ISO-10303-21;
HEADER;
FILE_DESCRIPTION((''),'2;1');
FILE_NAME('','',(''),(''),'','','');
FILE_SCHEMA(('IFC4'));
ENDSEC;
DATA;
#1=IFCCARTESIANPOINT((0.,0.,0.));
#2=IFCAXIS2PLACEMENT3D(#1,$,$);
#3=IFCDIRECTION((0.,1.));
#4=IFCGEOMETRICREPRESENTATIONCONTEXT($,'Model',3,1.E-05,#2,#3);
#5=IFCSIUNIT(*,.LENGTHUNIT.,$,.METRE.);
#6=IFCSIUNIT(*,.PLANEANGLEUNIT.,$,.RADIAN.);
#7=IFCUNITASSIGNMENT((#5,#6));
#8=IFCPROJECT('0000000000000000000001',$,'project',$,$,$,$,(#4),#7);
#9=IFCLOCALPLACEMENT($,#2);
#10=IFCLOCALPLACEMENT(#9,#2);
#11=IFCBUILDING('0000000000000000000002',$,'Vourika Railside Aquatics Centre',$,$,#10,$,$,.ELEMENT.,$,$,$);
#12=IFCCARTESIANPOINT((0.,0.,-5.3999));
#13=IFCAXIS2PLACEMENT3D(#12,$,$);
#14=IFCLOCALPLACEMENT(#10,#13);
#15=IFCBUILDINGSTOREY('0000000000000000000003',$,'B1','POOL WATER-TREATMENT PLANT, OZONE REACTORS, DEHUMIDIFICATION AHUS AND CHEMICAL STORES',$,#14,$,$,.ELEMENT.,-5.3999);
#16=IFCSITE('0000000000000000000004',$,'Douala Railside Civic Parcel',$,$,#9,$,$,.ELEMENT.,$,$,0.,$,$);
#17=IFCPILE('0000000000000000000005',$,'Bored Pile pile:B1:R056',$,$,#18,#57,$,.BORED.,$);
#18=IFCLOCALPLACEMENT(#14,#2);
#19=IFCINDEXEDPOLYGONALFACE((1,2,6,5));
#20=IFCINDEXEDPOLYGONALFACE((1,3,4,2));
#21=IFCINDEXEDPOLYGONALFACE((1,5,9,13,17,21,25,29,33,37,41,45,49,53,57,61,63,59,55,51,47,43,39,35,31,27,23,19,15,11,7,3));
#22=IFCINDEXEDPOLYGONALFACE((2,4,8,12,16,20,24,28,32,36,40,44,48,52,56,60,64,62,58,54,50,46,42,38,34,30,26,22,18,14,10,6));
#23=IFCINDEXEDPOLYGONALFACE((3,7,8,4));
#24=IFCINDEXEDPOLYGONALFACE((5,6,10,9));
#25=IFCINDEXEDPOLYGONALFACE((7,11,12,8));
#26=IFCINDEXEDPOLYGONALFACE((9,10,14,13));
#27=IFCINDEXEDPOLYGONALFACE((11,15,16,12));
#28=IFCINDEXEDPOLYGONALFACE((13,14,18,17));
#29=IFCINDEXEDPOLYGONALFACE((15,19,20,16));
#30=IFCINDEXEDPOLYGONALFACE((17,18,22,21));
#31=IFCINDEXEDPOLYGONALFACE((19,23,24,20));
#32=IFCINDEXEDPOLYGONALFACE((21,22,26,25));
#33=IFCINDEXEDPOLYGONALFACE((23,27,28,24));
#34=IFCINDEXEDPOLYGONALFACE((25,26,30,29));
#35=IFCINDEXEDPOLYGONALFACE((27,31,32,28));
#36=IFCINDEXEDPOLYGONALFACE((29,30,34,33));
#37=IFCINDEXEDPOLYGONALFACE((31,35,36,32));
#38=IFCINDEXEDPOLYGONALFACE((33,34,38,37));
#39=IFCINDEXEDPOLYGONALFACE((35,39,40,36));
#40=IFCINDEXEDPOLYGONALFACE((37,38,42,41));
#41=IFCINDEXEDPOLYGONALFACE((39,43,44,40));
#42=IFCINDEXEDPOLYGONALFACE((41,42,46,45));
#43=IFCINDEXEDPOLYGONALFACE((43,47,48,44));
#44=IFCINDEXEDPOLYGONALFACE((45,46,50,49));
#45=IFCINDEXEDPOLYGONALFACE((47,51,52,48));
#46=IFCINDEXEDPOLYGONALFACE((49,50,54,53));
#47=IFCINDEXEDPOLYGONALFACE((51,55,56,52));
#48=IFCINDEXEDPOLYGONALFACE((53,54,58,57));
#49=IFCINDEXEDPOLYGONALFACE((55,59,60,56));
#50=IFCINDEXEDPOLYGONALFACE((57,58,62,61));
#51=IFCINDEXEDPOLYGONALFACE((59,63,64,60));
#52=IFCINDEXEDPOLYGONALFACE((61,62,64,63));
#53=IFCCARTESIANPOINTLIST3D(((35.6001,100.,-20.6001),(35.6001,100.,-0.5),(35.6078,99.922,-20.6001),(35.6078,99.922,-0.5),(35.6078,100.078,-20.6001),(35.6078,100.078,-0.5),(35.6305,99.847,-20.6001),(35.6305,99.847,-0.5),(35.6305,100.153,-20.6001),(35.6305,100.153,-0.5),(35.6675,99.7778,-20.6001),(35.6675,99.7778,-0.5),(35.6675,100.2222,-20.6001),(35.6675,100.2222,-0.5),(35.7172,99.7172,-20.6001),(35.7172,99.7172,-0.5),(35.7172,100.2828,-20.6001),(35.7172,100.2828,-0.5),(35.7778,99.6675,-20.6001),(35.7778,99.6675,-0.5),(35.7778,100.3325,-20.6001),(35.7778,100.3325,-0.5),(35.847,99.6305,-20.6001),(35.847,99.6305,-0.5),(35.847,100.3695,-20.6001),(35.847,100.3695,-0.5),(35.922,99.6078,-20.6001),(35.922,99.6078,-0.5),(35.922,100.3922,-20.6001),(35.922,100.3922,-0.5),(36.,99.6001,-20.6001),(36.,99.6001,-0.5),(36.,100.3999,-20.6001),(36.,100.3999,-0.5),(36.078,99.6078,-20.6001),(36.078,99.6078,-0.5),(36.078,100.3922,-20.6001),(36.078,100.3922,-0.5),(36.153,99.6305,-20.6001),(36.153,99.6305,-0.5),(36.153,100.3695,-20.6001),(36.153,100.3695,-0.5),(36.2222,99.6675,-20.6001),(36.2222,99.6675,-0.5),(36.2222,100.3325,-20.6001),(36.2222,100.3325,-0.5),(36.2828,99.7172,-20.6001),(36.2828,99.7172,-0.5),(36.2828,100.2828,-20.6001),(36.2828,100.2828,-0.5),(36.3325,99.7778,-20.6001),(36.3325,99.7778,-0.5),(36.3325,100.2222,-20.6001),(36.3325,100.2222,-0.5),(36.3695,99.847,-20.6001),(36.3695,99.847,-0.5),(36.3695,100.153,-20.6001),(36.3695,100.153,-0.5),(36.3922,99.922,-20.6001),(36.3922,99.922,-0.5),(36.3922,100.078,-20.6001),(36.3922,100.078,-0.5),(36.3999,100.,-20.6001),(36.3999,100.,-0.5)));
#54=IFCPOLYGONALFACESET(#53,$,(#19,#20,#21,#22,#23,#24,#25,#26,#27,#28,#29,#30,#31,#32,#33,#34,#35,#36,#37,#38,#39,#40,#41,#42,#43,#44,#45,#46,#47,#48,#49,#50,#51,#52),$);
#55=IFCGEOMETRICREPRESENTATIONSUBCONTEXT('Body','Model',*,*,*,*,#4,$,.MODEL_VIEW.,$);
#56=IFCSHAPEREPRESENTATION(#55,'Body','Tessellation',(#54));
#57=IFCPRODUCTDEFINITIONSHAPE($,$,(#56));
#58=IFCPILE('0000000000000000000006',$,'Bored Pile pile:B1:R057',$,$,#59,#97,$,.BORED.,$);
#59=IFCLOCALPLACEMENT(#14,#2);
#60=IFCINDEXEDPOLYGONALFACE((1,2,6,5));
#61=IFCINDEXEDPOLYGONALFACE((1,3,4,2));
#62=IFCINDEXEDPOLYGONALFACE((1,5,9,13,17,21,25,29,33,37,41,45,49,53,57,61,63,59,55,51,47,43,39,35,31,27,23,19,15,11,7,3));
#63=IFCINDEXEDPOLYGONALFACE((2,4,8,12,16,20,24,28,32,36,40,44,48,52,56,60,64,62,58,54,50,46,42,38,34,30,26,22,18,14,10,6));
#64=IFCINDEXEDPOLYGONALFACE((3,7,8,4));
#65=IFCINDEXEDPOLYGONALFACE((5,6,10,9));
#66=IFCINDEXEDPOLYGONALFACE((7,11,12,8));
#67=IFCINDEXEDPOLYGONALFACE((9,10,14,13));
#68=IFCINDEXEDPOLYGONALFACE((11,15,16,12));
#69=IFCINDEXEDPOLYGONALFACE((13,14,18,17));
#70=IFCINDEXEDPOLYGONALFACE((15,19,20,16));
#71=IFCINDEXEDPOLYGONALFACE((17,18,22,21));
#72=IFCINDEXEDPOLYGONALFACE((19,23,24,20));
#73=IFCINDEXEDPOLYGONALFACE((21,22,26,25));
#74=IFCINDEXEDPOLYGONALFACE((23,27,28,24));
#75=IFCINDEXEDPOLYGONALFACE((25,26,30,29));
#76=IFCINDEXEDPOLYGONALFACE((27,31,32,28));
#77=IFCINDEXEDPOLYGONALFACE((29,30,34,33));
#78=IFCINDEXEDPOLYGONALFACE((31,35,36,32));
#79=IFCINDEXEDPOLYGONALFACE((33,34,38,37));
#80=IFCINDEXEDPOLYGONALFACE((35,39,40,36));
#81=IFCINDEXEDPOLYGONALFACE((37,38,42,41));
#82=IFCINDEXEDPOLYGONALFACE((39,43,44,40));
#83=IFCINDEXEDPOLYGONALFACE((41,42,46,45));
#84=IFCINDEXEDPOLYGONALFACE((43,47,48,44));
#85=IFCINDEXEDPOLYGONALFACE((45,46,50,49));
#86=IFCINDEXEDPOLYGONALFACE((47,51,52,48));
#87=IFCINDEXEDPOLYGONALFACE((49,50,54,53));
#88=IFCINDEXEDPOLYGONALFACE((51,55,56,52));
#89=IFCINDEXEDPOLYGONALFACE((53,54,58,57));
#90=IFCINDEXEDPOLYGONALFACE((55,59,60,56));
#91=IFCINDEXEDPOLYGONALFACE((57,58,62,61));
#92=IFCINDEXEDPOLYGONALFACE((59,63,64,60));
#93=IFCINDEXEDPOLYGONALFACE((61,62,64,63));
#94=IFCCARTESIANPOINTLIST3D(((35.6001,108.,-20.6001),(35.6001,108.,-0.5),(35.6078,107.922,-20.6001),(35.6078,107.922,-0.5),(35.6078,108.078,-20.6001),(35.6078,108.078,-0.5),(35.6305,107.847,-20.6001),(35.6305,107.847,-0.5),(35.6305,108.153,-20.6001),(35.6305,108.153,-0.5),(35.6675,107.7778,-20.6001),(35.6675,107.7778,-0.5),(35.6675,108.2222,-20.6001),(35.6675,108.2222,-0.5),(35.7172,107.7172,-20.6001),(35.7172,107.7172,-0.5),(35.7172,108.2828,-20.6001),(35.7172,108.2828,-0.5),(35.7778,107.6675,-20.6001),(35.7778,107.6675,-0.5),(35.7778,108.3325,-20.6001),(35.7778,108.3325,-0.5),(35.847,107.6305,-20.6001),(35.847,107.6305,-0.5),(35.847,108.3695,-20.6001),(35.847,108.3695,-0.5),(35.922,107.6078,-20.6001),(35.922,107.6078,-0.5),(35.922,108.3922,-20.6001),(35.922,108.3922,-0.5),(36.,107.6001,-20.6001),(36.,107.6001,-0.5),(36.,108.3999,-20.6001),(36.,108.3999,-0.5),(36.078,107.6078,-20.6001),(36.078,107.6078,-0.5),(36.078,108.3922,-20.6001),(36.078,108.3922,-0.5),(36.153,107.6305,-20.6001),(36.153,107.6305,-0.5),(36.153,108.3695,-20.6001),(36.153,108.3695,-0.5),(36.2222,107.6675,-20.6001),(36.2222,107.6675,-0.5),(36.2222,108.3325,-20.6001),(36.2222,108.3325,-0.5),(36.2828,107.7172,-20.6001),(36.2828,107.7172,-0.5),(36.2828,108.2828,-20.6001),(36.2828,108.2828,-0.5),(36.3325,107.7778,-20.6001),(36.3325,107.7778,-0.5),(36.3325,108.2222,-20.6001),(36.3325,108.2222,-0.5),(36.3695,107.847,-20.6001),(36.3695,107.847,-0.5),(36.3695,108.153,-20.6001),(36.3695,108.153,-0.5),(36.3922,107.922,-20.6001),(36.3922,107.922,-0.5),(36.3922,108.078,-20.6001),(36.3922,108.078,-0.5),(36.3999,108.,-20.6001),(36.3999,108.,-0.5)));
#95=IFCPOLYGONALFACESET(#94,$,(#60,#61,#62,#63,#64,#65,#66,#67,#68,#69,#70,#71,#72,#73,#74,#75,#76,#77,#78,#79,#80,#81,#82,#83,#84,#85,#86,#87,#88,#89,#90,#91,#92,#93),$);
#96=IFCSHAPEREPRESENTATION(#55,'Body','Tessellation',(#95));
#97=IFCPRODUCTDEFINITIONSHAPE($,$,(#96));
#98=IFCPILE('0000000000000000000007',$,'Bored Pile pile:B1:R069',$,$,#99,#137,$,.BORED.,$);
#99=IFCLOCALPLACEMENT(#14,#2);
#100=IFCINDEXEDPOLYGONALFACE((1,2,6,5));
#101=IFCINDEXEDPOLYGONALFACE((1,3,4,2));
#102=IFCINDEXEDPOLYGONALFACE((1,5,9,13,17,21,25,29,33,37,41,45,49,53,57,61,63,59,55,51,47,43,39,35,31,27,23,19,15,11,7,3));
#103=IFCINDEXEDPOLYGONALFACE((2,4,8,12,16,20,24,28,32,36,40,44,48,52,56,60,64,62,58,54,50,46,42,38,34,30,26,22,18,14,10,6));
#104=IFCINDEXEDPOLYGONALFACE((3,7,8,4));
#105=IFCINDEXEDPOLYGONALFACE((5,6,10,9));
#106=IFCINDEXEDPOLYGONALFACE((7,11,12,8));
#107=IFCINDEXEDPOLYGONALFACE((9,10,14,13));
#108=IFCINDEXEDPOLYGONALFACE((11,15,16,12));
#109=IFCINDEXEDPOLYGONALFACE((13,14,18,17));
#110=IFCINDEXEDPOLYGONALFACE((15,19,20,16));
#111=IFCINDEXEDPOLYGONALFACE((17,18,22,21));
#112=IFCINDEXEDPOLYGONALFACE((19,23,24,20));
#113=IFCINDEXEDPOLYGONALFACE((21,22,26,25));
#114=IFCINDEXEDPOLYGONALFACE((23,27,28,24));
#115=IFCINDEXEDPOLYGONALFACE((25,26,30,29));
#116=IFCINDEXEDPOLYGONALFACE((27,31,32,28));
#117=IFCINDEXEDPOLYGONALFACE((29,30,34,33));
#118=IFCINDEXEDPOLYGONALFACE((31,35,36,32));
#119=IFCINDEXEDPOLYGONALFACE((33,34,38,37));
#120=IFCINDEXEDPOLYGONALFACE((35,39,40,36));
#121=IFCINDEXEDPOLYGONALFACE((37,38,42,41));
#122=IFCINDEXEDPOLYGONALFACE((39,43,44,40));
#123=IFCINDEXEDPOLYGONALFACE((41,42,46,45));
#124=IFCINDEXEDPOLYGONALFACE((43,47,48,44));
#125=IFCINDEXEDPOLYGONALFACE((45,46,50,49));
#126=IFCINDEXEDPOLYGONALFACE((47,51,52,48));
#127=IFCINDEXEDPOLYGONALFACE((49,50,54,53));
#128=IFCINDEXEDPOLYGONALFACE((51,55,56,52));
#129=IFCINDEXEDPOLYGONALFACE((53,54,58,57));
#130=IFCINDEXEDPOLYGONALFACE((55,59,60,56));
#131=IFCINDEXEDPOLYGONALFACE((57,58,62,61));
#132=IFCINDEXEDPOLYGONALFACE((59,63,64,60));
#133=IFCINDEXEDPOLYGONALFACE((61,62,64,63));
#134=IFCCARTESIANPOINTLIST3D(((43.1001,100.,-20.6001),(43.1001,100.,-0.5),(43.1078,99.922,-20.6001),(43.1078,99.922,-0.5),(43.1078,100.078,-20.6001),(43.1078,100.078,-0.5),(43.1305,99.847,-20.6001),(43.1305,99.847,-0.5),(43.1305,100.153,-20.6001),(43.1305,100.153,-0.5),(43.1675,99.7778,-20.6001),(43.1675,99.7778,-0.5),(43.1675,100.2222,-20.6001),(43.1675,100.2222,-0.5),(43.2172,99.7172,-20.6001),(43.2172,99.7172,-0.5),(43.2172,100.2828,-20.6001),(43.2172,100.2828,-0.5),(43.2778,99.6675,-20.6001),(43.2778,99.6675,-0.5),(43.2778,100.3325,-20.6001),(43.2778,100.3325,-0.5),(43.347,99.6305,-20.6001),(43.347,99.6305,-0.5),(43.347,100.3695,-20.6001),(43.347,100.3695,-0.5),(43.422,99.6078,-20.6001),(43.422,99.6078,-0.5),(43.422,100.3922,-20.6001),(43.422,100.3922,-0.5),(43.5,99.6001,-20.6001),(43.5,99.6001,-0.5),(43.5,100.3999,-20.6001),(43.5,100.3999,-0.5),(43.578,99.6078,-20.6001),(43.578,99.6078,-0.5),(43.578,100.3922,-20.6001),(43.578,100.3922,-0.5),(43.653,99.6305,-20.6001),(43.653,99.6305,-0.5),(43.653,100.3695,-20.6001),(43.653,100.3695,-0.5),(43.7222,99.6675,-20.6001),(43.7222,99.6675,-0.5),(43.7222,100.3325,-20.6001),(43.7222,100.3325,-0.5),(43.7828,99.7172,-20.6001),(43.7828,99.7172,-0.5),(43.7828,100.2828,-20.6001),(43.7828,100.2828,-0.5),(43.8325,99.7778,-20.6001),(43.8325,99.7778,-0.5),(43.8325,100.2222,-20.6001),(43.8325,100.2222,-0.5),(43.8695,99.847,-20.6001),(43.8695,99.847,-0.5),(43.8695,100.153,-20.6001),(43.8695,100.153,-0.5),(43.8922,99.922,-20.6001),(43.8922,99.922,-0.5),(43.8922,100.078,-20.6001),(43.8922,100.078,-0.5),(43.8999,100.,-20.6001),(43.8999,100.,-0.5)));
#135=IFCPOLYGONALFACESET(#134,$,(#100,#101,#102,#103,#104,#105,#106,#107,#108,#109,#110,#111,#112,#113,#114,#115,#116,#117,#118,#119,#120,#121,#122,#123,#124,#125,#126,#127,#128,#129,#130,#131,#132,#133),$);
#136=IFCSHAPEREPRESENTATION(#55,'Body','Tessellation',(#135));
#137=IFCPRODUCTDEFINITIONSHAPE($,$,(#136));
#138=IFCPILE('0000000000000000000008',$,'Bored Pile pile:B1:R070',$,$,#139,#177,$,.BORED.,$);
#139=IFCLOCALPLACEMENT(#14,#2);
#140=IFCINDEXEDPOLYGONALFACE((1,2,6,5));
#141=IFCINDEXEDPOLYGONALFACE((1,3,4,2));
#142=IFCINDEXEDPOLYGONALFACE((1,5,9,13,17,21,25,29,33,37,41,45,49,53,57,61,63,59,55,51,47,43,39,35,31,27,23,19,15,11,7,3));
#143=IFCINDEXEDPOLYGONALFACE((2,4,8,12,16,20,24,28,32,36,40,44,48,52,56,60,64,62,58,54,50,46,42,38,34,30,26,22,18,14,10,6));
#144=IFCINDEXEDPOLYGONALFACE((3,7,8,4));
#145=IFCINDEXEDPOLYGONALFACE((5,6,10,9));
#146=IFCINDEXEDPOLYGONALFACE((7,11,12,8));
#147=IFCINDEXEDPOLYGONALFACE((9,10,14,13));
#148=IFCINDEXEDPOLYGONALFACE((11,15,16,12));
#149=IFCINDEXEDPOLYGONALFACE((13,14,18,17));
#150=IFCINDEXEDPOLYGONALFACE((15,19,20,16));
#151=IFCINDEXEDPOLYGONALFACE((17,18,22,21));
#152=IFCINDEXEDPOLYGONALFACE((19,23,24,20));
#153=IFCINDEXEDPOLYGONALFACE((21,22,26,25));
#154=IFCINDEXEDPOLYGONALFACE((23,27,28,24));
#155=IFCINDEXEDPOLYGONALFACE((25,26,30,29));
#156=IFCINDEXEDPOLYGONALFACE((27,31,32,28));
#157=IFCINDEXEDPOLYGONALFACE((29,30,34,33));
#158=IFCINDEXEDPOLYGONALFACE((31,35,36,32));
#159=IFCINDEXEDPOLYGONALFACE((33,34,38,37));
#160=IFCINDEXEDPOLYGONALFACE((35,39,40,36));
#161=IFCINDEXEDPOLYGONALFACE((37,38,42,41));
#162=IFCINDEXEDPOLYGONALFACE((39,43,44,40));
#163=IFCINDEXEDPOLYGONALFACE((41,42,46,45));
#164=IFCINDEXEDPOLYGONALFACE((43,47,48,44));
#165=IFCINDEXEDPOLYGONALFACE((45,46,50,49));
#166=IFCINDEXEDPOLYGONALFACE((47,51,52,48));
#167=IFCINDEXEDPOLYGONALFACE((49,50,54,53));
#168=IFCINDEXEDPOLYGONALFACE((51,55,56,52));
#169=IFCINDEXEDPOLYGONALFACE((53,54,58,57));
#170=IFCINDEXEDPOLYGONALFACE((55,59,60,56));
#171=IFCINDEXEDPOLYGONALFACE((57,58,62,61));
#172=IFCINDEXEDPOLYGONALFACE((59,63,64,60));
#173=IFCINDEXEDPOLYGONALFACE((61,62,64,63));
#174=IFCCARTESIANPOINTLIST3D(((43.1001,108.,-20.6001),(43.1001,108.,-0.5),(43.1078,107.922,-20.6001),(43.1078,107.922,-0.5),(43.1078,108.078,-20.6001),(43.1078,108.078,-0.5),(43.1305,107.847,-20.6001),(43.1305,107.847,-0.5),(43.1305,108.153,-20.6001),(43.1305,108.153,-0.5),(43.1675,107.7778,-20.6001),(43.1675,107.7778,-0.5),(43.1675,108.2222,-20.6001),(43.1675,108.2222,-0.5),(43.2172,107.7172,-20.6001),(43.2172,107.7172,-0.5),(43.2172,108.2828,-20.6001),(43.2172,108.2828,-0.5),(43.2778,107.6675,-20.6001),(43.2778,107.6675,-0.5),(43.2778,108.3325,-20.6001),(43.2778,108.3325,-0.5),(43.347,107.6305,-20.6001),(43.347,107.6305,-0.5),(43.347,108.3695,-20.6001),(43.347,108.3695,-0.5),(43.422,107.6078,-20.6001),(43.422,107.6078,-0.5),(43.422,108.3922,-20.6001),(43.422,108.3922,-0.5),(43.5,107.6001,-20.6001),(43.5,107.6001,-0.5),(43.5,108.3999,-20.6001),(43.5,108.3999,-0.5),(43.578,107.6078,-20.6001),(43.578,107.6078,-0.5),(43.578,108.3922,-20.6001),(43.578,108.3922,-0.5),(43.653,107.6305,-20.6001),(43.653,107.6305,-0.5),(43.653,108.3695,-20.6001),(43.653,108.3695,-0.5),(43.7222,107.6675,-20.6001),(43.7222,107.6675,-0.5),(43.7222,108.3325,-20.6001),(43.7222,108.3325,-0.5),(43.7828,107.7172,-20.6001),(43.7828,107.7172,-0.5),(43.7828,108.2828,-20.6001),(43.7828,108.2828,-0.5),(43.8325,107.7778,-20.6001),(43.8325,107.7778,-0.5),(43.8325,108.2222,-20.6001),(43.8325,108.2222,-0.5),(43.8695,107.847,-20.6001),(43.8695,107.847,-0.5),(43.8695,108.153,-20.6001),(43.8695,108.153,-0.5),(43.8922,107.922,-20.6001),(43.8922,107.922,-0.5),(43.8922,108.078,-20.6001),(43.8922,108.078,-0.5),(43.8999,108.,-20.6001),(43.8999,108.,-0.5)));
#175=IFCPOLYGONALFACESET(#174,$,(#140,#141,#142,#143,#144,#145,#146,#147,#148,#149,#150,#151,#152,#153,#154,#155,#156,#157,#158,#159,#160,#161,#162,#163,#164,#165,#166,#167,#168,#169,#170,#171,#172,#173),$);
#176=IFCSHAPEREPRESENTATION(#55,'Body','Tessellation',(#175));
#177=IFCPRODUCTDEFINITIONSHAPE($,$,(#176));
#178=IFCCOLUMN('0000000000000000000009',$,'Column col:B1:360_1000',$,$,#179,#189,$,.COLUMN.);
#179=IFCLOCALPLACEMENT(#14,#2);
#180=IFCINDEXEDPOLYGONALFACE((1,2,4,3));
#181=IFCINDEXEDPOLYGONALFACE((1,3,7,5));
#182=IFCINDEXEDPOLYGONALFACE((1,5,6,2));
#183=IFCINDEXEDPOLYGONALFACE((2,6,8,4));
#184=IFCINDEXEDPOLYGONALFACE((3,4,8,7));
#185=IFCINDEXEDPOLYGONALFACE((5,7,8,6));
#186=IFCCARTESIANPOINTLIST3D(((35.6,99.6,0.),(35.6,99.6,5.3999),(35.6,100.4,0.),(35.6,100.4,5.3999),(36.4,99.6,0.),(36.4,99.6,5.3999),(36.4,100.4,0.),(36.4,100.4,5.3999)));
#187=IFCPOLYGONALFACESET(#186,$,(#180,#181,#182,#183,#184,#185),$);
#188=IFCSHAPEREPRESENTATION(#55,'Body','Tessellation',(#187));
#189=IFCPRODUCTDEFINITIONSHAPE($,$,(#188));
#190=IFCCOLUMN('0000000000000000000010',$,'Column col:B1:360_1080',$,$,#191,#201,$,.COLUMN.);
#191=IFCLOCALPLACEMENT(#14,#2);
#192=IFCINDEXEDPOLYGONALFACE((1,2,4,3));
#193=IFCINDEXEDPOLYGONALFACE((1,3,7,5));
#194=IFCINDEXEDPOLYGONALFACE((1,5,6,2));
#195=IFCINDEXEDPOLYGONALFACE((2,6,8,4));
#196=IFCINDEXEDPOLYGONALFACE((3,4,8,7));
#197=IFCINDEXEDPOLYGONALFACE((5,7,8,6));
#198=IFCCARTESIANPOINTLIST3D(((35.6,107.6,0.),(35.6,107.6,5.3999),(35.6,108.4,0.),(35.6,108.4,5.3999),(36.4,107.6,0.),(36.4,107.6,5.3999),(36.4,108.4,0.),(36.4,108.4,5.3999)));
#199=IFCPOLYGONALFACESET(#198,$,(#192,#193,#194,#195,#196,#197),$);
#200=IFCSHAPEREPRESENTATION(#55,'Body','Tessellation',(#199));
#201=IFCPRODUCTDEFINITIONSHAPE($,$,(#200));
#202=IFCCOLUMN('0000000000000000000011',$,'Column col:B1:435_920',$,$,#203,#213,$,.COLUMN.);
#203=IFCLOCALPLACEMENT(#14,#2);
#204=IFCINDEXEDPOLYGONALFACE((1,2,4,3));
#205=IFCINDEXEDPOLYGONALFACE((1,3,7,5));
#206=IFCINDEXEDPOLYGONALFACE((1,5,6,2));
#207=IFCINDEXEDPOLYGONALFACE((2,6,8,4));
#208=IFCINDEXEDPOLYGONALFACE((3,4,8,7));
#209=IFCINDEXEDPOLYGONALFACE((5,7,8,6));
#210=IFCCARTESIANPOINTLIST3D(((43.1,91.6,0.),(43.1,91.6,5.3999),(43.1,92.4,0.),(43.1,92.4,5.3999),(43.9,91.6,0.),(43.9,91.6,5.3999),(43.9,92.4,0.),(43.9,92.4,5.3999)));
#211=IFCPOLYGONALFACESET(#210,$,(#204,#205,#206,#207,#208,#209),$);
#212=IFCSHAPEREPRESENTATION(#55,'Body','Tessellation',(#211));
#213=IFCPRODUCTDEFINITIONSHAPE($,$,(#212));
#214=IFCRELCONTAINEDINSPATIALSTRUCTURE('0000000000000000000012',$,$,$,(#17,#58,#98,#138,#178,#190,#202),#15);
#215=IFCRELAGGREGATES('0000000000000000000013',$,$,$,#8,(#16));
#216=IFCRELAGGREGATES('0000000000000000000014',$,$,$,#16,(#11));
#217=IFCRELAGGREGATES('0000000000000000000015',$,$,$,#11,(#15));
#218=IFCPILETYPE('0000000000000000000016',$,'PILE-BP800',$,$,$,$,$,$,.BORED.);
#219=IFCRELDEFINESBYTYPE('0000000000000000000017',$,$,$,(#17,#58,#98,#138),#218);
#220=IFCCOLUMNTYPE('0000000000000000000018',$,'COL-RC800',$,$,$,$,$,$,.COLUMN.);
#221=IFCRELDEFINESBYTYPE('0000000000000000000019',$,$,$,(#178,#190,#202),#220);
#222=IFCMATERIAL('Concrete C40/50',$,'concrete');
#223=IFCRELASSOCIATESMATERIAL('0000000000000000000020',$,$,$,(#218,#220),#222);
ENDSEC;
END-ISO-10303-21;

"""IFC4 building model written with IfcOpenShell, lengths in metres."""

from ifc_helpers import new_model, si_unit, direction, frame, origin, origin_2d, place, context, subcontext, project, spatial, rectangle, circle, extrude, material, material_profile, profile_set, type_object, element, save


model = new_model("IFC4")

# Units and contexts
model_context = context("Model", 3, precision=1e-05, world=origin(), true_north=direction((0.0, 1.0)))
body_context = subcontext(model_context, "Body", "Model", "MODEL_VIEW")
ifc_project = project(units=[si_unit("LENGTHUNIT", "METRE"), si_unit("PLANEANGLEUNIT", "RADIAN")], contexts=[model_context])

# Site, building, storey
site_placement = place(None, origin())
site = spatial("IfcSite", under=ifc_project, at=site_placement, Name="Douala Railside Civic Parcel", CompositionType="ELEMENT", RefElevation=0.0)
building_placement = place(site_placement, origin())
building = spatial("IfcBuilding", under=site, at=building_placement, Name="Vourika Railside Aquatics Centre", CompositionType="ELEMENT")
storey_placement = place(building_placement, frame((0.0, 0.0, -5.3999)))
storey = spatial("IfcBuildingStorey", under=building, at=storey_placement, Name="B1", Description="POOL WATER-TREATMENT PLANT, OZONE REACTORS, DEHUMIDIFICATION AHUS AND CHEMICAL STORES", CompositionType="ELEMENT", Elevation=-5.3999)

# Piles
ifc_material_1 = material(Name="Concrete C40/50", Category="concrete")
ifc_material_profile_1 = material_profile(ifc_material_1, circle(Radius=0.3999, at=origin_2d()), Name="BP 800")
ifc_profile_set_1 = profile_set([ifc_material_profile_1], Name="Concrete C40/50")
pile_type = type_object("IfcPileType", Name="PILE-BP800", PredefinedType="BORED", material=ifc_profile_set_1)
for number, where, z_axis, x_axis, name in (
    (1, (36.0, 100.0, -0.5), (0.0, 0.0, -1.0), (1.0, 0.0, 0.0), "Bored Pile pile:B1:R056"),
    (2, (36.0, 108.0, -0.5), (0.0, 0.0, -1.0), (1.0, 0.0, 0.0), "Bored Pile pile:B1:R057"),
    (3, (43.5, 100.0, -0.5), (0.0, 0.0, -1.0), (1.0, 0.0, 0.0), "Bored Pile pile:B1:R069"),
    (4, (43.5, 108.0, -0.5), (0.0, 0.0, -1.0), (1.0, 0.0, 0.0), "Bored Pile pile:B1:R070"),
):
    element("IfcPile", number, at=place(storey_placement, frame(where, z_axis=z_axis, x_axis=x_axis)), inside=storey, type_object=pile_type, Name=name, PredefinedType="BORED", context=body_context, shape_type="SweptSolid", body=[
        extrude(circle(Radius=0.3999, at=origin_2d()), origin(), (0.0, 0.0, 1.0), 20.1001),
    ])

# Columns
ifc_material_profile_2 = material_profile(ifc_material_1, rectangle(XDim=0.8, YDim=0.8, at=origin_2d()), Name="RC 800x800")
ifc_profile_set_2 = profile_set([ifc_material_profile_2], Name="Concrete C40/50")
column_type = type_object("IfcColumnType", Name="COL-RC800", PredefinedType="COLUMN", material=ifc_profile_set_2)
for number, where, z_axis, x_axis, name in (
    (5, (36.0, 100.0, 0.0), (0.0, 0.0, 1.0), (1.0, 0.0, 0.0), "Column col:B1:360_1000"),
    (6, (36.0, 108.0, 0.0), (0.0, 0.0, 1.0), (1.0, 0.0, 0.0), "Column col:B1:360_1080"),
    (7, (43.5, 92.0, 0.0), (0.0, 0.0, 1.0), (1.0, 0.0, 0.0), "Column col:B1:435_920"),
):
    element("IfcColumn", number, at=place(storey_placement, frame(where, z_axis=z_axis, x_axis=x_axis)), inside=storey, type_object=column_type, Name=name, PredefinedType="COLUMN", context=body_context, shape_type="SweptSolid", body=[
        extrude(rectangle(XDim=0.8, YDim=0.8, at=origin_2d()), origin(), (0.0, 0.0, 1.0), 5.3999),
    ])

save(model, "model.ifc")
